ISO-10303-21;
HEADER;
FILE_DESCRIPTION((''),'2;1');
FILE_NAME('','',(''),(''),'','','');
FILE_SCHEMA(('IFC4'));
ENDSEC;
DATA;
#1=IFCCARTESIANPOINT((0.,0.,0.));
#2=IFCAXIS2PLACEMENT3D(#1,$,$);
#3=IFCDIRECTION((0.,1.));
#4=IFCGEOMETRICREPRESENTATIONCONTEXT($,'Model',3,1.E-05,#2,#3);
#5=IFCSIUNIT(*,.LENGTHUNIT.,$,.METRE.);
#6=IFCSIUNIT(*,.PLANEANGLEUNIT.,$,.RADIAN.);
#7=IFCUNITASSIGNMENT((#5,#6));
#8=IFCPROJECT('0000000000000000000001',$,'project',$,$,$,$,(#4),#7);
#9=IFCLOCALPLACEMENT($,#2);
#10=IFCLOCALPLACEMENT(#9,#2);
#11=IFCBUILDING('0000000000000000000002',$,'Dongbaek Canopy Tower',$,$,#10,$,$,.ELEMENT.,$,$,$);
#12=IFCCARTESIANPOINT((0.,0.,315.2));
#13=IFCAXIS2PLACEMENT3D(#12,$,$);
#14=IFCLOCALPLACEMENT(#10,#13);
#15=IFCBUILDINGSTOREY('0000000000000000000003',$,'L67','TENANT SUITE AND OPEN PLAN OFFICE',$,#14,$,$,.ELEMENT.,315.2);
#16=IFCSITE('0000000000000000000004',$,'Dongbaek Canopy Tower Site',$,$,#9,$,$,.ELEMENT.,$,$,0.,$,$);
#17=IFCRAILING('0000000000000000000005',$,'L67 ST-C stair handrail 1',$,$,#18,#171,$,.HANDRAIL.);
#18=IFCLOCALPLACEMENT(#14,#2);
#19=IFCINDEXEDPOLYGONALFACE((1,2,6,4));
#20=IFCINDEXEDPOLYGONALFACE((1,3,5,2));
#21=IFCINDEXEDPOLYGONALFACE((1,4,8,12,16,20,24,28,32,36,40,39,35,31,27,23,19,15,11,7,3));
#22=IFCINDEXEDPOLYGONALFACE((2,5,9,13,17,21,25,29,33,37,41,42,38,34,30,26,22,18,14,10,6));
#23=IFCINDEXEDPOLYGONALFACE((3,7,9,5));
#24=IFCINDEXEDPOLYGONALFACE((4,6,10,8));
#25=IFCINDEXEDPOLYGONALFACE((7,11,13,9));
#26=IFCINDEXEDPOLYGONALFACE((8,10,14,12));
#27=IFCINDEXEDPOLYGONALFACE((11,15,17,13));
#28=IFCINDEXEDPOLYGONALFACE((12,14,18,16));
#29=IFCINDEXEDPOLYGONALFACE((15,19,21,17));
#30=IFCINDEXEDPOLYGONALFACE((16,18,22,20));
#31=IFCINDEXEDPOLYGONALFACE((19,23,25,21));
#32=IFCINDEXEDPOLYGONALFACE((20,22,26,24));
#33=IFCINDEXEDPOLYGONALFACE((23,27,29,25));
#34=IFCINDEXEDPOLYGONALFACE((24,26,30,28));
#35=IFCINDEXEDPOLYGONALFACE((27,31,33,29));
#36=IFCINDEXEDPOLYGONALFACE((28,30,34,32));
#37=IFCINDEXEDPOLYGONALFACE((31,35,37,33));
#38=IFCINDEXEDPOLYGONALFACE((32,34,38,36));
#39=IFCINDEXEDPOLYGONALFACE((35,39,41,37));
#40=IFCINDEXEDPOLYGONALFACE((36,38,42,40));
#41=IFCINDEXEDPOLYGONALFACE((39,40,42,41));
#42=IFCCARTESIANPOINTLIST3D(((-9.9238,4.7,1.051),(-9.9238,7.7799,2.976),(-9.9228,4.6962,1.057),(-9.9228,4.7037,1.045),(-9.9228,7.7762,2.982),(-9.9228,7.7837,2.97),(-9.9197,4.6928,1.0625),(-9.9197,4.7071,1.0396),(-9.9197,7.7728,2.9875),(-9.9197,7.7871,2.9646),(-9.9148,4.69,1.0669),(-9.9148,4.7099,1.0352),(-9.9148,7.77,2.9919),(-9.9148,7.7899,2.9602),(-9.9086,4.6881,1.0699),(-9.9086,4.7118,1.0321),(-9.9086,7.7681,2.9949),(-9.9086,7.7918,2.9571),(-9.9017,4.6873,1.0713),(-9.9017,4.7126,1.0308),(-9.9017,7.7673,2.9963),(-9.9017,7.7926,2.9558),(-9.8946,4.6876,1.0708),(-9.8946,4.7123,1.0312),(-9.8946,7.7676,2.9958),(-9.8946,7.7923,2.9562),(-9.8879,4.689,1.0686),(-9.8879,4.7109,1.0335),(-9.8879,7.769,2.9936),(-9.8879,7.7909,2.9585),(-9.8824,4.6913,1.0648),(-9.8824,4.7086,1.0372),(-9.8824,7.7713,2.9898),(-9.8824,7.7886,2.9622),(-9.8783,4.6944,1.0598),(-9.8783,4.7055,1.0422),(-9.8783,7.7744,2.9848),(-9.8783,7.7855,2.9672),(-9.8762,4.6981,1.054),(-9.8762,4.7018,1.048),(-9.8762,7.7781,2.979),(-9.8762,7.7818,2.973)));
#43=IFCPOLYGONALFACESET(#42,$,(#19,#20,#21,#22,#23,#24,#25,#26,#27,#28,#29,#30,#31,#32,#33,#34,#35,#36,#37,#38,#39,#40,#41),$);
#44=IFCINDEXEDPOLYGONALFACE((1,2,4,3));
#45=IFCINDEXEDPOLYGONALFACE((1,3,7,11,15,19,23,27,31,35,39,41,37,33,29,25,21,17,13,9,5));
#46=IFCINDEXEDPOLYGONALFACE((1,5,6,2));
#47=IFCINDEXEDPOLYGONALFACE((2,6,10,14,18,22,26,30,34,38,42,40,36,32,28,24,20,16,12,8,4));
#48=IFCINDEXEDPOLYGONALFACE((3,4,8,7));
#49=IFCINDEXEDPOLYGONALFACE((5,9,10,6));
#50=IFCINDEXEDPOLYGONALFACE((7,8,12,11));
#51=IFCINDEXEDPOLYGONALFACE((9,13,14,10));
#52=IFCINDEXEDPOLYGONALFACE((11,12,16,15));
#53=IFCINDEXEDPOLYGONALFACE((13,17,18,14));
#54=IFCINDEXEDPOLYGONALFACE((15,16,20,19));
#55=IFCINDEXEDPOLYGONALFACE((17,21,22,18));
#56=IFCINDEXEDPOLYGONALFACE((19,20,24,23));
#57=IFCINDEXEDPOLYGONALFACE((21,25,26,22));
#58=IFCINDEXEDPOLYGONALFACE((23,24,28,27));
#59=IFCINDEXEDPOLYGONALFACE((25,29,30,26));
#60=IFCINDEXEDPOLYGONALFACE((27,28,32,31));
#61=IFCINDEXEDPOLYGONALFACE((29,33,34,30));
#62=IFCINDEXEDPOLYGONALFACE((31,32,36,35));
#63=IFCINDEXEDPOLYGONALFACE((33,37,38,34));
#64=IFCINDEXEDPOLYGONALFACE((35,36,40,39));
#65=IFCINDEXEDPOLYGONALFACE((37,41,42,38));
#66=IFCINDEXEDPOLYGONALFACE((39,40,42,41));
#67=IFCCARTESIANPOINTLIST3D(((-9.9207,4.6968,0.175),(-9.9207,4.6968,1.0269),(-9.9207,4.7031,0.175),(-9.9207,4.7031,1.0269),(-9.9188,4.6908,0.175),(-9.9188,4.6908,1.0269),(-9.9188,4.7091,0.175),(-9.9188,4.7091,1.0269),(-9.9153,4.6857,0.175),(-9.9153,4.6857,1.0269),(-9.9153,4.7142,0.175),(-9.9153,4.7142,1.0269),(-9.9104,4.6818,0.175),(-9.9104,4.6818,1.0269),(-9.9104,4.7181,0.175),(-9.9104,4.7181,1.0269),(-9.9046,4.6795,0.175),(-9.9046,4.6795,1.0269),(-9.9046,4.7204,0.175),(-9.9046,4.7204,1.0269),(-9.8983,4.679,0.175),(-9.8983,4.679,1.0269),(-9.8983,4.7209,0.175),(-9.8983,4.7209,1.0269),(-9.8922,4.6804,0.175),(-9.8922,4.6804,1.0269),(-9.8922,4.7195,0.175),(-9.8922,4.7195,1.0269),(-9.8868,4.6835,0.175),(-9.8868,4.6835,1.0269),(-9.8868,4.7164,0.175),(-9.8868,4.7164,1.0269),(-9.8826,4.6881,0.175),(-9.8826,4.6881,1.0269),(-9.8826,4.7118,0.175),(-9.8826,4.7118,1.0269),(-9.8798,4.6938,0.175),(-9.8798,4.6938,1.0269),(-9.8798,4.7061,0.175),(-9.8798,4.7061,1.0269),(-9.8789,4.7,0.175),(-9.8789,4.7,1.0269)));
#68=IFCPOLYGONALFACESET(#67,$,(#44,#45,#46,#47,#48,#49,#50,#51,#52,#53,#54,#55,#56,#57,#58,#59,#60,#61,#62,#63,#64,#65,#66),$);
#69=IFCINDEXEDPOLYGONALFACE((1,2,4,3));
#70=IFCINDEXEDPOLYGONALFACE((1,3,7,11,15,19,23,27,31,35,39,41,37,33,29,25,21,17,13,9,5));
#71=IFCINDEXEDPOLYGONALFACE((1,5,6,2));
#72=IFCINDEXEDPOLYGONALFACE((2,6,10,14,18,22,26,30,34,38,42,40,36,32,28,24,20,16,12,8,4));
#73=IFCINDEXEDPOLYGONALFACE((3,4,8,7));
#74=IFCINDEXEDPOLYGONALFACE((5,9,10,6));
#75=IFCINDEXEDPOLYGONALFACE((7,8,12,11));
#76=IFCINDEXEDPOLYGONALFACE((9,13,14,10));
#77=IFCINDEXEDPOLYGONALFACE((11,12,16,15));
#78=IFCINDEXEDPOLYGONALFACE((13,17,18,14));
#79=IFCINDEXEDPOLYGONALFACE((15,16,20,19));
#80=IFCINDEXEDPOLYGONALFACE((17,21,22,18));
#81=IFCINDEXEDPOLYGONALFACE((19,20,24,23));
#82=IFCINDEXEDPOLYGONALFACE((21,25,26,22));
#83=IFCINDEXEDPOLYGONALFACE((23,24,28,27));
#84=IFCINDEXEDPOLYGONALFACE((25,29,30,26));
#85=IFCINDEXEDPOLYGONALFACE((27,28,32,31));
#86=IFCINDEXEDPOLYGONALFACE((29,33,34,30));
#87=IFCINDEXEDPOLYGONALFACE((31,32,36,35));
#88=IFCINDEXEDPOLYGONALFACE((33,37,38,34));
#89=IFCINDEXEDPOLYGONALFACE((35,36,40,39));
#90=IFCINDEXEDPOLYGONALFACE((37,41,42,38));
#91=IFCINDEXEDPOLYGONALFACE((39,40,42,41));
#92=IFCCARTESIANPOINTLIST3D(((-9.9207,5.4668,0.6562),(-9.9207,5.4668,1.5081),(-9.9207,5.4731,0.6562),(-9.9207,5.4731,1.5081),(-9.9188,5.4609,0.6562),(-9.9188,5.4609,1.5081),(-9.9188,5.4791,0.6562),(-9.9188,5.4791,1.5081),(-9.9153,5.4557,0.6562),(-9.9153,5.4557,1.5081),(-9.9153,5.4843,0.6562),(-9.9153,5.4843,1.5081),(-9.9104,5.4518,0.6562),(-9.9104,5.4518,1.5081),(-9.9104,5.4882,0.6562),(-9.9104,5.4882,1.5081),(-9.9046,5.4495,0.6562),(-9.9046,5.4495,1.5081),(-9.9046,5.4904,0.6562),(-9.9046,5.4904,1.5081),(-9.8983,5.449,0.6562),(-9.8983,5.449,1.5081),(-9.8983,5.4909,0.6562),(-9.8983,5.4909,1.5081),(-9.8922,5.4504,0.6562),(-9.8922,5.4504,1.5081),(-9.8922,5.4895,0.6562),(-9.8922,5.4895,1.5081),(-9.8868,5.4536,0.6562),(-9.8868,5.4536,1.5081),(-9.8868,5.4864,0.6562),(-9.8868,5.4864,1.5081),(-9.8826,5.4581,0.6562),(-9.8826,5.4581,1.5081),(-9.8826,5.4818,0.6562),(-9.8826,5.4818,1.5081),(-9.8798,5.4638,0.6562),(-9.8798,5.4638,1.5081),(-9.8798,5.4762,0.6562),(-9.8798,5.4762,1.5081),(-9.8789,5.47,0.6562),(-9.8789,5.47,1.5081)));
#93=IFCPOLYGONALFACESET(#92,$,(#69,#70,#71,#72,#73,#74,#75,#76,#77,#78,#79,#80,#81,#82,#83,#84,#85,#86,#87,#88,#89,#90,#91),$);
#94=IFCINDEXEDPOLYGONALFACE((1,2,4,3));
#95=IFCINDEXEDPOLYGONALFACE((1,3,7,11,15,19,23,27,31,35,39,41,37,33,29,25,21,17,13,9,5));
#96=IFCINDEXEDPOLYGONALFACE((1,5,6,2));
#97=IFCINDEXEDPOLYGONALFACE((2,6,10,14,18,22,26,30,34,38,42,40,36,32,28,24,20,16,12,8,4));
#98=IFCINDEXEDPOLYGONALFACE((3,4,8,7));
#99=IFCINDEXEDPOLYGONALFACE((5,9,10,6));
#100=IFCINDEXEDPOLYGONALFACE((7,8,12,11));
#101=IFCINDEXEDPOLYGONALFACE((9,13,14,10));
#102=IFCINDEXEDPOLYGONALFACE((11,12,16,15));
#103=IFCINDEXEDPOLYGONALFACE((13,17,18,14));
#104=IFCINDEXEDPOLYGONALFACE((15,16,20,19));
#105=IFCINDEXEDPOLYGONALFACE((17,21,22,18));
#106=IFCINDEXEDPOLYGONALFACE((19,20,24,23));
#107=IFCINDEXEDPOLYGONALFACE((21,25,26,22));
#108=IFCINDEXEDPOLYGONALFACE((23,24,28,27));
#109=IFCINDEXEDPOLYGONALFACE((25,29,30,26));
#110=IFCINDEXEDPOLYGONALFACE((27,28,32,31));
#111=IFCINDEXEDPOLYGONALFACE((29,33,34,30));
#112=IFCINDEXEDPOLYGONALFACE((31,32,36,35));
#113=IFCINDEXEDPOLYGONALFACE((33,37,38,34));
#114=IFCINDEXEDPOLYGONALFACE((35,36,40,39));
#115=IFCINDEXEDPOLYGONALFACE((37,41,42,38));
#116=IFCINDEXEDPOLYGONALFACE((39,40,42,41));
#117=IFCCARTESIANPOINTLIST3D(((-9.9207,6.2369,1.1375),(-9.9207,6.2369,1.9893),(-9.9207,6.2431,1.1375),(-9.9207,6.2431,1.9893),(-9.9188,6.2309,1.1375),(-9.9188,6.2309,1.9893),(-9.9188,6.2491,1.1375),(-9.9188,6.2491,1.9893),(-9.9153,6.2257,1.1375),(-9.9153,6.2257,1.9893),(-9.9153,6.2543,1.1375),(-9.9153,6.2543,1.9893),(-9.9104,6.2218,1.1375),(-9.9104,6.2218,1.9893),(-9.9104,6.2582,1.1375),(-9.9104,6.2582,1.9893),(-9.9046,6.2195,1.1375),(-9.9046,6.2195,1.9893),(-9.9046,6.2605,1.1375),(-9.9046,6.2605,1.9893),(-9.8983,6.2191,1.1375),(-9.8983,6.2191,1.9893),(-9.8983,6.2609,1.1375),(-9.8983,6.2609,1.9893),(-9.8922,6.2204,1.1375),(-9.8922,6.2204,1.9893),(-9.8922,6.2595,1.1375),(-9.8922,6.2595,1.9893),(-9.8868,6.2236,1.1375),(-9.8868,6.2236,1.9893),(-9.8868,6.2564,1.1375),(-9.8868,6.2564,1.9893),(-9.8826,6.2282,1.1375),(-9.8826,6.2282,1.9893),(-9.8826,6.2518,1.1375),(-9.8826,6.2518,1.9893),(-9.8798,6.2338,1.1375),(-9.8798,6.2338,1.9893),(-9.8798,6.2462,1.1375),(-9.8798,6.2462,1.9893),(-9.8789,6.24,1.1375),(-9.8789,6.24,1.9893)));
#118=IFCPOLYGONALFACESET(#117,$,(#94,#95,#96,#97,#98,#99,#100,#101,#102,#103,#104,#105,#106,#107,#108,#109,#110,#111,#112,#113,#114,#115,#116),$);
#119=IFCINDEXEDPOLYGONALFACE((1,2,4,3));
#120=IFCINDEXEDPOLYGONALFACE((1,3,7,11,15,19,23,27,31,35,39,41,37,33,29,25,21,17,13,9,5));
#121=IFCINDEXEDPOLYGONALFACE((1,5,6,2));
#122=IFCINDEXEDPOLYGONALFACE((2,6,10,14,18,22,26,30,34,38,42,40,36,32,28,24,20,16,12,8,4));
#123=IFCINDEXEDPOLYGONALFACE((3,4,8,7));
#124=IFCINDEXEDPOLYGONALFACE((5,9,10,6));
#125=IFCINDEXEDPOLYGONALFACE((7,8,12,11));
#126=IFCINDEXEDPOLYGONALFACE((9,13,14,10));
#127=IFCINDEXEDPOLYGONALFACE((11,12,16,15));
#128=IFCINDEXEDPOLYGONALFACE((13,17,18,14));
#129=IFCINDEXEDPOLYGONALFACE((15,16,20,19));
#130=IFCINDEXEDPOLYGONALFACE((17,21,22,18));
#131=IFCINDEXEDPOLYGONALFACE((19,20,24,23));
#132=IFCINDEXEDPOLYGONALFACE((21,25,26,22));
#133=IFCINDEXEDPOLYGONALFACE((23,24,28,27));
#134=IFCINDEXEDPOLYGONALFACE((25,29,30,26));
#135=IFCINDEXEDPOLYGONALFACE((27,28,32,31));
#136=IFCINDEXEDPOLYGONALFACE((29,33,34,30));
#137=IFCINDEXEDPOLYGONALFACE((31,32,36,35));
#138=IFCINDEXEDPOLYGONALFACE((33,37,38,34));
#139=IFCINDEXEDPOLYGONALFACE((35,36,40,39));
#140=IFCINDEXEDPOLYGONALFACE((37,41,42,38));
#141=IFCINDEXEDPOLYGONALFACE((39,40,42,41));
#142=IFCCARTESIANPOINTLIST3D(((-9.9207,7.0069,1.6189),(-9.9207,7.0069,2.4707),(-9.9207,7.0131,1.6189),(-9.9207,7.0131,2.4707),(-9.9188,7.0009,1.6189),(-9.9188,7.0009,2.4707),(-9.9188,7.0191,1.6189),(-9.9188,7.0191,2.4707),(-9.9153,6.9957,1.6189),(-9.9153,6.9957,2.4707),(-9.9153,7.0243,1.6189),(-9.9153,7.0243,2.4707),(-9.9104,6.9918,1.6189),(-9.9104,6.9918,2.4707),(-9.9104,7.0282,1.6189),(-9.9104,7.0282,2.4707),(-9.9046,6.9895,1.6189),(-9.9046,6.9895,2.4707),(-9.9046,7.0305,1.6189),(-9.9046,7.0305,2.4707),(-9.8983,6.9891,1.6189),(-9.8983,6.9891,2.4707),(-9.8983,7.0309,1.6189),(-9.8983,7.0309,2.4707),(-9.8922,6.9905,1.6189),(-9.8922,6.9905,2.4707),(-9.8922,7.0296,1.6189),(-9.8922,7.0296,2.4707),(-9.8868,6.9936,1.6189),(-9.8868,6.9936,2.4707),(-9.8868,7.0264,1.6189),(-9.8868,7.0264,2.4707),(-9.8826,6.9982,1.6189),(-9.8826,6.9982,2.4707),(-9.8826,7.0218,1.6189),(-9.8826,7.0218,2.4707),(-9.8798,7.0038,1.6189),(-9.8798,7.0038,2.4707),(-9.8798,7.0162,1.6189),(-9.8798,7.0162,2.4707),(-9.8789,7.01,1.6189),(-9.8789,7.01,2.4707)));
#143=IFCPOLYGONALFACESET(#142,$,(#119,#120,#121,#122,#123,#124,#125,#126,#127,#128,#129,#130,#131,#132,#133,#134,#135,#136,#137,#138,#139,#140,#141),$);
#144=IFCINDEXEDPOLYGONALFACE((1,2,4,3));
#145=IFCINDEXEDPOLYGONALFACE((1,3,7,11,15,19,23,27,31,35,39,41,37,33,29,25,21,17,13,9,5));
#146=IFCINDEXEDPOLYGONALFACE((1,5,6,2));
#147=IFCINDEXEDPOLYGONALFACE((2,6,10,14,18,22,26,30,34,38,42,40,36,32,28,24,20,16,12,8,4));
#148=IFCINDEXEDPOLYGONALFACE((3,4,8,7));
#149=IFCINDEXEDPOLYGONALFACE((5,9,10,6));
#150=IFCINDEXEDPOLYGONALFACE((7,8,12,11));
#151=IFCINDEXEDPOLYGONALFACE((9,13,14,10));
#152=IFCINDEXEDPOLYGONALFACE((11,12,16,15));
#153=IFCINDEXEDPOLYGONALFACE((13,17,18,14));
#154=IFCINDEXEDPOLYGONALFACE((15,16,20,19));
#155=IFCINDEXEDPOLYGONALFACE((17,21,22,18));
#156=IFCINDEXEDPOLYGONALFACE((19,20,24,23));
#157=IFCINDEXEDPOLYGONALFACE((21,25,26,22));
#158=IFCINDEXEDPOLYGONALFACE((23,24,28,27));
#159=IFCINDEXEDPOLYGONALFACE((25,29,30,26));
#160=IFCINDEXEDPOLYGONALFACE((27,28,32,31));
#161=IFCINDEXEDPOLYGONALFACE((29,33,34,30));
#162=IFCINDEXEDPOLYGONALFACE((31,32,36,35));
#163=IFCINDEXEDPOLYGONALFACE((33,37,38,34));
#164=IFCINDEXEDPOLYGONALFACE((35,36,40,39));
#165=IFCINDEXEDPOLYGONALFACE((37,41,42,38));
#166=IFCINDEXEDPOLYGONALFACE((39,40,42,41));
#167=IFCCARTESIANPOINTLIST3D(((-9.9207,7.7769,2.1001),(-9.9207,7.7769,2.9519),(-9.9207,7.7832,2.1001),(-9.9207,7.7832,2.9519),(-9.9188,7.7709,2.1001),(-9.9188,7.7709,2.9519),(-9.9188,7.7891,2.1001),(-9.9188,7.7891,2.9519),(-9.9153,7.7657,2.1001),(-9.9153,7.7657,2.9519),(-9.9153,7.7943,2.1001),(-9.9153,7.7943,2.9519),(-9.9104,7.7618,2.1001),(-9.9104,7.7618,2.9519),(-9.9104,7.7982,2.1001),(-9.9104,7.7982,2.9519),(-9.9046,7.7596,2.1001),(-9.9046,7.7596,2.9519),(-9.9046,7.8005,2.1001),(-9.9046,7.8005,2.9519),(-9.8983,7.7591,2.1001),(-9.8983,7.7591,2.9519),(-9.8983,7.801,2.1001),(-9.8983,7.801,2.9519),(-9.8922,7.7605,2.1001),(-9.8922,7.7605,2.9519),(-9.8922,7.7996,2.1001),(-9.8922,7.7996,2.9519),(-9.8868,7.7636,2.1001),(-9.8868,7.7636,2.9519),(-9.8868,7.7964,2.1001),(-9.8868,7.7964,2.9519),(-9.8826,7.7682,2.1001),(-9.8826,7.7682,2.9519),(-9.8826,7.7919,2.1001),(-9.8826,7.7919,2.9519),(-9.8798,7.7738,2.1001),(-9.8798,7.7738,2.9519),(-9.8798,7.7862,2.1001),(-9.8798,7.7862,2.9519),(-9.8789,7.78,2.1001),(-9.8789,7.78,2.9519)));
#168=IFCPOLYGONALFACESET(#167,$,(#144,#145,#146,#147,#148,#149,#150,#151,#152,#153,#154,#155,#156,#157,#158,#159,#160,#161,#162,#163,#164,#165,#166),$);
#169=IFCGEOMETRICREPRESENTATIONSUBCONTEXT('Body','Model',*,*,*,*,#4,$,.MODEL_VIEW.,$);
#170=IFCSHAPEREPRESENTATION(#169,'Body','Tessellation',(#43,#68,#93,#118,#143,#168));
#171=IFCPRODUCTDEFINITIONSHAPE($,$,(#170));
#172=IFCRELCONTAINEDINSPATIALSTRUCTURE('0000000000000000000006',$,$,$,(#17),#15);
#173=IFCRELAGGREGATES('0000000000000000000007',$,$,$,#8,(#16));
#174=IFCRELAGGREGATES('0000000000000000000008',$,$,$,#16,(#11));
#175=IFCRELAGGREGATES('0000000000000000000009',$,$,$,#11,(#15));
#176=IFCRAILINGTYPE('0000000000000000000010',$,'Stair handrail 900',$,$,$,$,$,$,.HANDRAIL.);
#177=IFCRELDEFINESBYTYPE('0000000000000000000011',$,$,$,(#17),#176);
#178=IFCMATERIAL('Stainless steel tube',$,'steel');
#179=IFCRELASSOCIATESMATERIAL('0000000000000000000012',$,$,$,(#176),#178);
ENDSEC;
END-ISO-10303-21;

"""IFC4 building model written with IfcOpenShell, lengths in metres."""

from ifc_helpers import new_model, si_unit, direction, frame, origin, origin_2d, place, context, subcontext, project, spatial, circle, extrude, material, type_object, element, save


model = new_model("IFC4")

# Units and contexts
model_context = context("Model", 3, precision=1e-05, world=origin(), true_north=direction((0.0, 1.0)))
body_context = subcontext(model_context, "Body", "Model", "MODEL_VIEW")
ifc_project = project(units=[si_unit("LENGTHUNIT", "METRE"), si_unit("PLANEANGLEUNIT", "RADIAN")], contexts=[model_context])

# Site, building, storey
site_placement = place(None, origin())
site = spatial("IfcSite", under=ifc_project, at=site_placement, Name="Dongbaek Canopy Tower Site", CompositionType="ELEMENT", RefElevation=0.0)
building_placement = place(site_placement, origin())
building = spatial("IfcBuilding", under=site, at=building_placement, Name="Dongbaek Canopy Tower", CompositionType="ELEMENT")
storey_placement = place(building_placement, frame((0.0, 0.0, 315.2)))
storey = spatial("IfcBuildingStorey", under=building, at=storey_placement, Name="L67", Description="TENANT SUITE AND OPEN PLAN OFFICE", CompositionType="ELEMENT", Elevation=315.2)

# Railing
ifc_material_1 = material(Name="Stainless steel tube", Category="steel")
railing_type_1 = type_object("IfcRailingType", Name="Stair handrail 900", PredefinedType="HANDRAIL", material=ifc_material_1)
railing_1_placement = place(storey_placement, frame((-9.8999, 4.7, 0.175)))
element("IfcRailing", 1, at=railing_1_placement, inside=storey, type_object=railing_type_1, Name="L67 ST-C stair handrail 1", PredefinedType="HANDRAIL", context=body_context, shape_type="SweptSolid", body=[
    extrude(circle(Radius=0.0239, at=origin_2d()), frame((0.0, 0.0, 0.876), z_axis=(0.0, 0.847998, 0.529999), x_axis=(-1.0, 0.0, 0.0)), (0.0, 0.0, 1.0), 3.6321),
    extrude(circle(Radius=0.021, at=origin_2d()), origin(), (0.0, 0.0, 1.0), 0.8518),
    extrude(circle(Radius=0.021, at=origin_2d()), frame((0.0, 0.77, 0.4812)), (0.0, 0.0, 1.0), 0.8518),
    extrude(circle(Radius=0.021, at=origin_2d()), frame((0.0, 1.54, 0.9624)), (0.0, 0.0, 1.0), 0.8518),
    extrude(circle(Radius=0.021, at=origin_2d()), frame((0.0, 2.3101, 1.4438)), (0.0, 0.0, 1.0), 0.8518),
    extrude(circle(Radius=0.021, at=origin_2d()), frame((0.0, 3.0801, 1.925)), (0.0, 0.0, 1.0), 0.8518),
])

save(model, "model.ifc")
